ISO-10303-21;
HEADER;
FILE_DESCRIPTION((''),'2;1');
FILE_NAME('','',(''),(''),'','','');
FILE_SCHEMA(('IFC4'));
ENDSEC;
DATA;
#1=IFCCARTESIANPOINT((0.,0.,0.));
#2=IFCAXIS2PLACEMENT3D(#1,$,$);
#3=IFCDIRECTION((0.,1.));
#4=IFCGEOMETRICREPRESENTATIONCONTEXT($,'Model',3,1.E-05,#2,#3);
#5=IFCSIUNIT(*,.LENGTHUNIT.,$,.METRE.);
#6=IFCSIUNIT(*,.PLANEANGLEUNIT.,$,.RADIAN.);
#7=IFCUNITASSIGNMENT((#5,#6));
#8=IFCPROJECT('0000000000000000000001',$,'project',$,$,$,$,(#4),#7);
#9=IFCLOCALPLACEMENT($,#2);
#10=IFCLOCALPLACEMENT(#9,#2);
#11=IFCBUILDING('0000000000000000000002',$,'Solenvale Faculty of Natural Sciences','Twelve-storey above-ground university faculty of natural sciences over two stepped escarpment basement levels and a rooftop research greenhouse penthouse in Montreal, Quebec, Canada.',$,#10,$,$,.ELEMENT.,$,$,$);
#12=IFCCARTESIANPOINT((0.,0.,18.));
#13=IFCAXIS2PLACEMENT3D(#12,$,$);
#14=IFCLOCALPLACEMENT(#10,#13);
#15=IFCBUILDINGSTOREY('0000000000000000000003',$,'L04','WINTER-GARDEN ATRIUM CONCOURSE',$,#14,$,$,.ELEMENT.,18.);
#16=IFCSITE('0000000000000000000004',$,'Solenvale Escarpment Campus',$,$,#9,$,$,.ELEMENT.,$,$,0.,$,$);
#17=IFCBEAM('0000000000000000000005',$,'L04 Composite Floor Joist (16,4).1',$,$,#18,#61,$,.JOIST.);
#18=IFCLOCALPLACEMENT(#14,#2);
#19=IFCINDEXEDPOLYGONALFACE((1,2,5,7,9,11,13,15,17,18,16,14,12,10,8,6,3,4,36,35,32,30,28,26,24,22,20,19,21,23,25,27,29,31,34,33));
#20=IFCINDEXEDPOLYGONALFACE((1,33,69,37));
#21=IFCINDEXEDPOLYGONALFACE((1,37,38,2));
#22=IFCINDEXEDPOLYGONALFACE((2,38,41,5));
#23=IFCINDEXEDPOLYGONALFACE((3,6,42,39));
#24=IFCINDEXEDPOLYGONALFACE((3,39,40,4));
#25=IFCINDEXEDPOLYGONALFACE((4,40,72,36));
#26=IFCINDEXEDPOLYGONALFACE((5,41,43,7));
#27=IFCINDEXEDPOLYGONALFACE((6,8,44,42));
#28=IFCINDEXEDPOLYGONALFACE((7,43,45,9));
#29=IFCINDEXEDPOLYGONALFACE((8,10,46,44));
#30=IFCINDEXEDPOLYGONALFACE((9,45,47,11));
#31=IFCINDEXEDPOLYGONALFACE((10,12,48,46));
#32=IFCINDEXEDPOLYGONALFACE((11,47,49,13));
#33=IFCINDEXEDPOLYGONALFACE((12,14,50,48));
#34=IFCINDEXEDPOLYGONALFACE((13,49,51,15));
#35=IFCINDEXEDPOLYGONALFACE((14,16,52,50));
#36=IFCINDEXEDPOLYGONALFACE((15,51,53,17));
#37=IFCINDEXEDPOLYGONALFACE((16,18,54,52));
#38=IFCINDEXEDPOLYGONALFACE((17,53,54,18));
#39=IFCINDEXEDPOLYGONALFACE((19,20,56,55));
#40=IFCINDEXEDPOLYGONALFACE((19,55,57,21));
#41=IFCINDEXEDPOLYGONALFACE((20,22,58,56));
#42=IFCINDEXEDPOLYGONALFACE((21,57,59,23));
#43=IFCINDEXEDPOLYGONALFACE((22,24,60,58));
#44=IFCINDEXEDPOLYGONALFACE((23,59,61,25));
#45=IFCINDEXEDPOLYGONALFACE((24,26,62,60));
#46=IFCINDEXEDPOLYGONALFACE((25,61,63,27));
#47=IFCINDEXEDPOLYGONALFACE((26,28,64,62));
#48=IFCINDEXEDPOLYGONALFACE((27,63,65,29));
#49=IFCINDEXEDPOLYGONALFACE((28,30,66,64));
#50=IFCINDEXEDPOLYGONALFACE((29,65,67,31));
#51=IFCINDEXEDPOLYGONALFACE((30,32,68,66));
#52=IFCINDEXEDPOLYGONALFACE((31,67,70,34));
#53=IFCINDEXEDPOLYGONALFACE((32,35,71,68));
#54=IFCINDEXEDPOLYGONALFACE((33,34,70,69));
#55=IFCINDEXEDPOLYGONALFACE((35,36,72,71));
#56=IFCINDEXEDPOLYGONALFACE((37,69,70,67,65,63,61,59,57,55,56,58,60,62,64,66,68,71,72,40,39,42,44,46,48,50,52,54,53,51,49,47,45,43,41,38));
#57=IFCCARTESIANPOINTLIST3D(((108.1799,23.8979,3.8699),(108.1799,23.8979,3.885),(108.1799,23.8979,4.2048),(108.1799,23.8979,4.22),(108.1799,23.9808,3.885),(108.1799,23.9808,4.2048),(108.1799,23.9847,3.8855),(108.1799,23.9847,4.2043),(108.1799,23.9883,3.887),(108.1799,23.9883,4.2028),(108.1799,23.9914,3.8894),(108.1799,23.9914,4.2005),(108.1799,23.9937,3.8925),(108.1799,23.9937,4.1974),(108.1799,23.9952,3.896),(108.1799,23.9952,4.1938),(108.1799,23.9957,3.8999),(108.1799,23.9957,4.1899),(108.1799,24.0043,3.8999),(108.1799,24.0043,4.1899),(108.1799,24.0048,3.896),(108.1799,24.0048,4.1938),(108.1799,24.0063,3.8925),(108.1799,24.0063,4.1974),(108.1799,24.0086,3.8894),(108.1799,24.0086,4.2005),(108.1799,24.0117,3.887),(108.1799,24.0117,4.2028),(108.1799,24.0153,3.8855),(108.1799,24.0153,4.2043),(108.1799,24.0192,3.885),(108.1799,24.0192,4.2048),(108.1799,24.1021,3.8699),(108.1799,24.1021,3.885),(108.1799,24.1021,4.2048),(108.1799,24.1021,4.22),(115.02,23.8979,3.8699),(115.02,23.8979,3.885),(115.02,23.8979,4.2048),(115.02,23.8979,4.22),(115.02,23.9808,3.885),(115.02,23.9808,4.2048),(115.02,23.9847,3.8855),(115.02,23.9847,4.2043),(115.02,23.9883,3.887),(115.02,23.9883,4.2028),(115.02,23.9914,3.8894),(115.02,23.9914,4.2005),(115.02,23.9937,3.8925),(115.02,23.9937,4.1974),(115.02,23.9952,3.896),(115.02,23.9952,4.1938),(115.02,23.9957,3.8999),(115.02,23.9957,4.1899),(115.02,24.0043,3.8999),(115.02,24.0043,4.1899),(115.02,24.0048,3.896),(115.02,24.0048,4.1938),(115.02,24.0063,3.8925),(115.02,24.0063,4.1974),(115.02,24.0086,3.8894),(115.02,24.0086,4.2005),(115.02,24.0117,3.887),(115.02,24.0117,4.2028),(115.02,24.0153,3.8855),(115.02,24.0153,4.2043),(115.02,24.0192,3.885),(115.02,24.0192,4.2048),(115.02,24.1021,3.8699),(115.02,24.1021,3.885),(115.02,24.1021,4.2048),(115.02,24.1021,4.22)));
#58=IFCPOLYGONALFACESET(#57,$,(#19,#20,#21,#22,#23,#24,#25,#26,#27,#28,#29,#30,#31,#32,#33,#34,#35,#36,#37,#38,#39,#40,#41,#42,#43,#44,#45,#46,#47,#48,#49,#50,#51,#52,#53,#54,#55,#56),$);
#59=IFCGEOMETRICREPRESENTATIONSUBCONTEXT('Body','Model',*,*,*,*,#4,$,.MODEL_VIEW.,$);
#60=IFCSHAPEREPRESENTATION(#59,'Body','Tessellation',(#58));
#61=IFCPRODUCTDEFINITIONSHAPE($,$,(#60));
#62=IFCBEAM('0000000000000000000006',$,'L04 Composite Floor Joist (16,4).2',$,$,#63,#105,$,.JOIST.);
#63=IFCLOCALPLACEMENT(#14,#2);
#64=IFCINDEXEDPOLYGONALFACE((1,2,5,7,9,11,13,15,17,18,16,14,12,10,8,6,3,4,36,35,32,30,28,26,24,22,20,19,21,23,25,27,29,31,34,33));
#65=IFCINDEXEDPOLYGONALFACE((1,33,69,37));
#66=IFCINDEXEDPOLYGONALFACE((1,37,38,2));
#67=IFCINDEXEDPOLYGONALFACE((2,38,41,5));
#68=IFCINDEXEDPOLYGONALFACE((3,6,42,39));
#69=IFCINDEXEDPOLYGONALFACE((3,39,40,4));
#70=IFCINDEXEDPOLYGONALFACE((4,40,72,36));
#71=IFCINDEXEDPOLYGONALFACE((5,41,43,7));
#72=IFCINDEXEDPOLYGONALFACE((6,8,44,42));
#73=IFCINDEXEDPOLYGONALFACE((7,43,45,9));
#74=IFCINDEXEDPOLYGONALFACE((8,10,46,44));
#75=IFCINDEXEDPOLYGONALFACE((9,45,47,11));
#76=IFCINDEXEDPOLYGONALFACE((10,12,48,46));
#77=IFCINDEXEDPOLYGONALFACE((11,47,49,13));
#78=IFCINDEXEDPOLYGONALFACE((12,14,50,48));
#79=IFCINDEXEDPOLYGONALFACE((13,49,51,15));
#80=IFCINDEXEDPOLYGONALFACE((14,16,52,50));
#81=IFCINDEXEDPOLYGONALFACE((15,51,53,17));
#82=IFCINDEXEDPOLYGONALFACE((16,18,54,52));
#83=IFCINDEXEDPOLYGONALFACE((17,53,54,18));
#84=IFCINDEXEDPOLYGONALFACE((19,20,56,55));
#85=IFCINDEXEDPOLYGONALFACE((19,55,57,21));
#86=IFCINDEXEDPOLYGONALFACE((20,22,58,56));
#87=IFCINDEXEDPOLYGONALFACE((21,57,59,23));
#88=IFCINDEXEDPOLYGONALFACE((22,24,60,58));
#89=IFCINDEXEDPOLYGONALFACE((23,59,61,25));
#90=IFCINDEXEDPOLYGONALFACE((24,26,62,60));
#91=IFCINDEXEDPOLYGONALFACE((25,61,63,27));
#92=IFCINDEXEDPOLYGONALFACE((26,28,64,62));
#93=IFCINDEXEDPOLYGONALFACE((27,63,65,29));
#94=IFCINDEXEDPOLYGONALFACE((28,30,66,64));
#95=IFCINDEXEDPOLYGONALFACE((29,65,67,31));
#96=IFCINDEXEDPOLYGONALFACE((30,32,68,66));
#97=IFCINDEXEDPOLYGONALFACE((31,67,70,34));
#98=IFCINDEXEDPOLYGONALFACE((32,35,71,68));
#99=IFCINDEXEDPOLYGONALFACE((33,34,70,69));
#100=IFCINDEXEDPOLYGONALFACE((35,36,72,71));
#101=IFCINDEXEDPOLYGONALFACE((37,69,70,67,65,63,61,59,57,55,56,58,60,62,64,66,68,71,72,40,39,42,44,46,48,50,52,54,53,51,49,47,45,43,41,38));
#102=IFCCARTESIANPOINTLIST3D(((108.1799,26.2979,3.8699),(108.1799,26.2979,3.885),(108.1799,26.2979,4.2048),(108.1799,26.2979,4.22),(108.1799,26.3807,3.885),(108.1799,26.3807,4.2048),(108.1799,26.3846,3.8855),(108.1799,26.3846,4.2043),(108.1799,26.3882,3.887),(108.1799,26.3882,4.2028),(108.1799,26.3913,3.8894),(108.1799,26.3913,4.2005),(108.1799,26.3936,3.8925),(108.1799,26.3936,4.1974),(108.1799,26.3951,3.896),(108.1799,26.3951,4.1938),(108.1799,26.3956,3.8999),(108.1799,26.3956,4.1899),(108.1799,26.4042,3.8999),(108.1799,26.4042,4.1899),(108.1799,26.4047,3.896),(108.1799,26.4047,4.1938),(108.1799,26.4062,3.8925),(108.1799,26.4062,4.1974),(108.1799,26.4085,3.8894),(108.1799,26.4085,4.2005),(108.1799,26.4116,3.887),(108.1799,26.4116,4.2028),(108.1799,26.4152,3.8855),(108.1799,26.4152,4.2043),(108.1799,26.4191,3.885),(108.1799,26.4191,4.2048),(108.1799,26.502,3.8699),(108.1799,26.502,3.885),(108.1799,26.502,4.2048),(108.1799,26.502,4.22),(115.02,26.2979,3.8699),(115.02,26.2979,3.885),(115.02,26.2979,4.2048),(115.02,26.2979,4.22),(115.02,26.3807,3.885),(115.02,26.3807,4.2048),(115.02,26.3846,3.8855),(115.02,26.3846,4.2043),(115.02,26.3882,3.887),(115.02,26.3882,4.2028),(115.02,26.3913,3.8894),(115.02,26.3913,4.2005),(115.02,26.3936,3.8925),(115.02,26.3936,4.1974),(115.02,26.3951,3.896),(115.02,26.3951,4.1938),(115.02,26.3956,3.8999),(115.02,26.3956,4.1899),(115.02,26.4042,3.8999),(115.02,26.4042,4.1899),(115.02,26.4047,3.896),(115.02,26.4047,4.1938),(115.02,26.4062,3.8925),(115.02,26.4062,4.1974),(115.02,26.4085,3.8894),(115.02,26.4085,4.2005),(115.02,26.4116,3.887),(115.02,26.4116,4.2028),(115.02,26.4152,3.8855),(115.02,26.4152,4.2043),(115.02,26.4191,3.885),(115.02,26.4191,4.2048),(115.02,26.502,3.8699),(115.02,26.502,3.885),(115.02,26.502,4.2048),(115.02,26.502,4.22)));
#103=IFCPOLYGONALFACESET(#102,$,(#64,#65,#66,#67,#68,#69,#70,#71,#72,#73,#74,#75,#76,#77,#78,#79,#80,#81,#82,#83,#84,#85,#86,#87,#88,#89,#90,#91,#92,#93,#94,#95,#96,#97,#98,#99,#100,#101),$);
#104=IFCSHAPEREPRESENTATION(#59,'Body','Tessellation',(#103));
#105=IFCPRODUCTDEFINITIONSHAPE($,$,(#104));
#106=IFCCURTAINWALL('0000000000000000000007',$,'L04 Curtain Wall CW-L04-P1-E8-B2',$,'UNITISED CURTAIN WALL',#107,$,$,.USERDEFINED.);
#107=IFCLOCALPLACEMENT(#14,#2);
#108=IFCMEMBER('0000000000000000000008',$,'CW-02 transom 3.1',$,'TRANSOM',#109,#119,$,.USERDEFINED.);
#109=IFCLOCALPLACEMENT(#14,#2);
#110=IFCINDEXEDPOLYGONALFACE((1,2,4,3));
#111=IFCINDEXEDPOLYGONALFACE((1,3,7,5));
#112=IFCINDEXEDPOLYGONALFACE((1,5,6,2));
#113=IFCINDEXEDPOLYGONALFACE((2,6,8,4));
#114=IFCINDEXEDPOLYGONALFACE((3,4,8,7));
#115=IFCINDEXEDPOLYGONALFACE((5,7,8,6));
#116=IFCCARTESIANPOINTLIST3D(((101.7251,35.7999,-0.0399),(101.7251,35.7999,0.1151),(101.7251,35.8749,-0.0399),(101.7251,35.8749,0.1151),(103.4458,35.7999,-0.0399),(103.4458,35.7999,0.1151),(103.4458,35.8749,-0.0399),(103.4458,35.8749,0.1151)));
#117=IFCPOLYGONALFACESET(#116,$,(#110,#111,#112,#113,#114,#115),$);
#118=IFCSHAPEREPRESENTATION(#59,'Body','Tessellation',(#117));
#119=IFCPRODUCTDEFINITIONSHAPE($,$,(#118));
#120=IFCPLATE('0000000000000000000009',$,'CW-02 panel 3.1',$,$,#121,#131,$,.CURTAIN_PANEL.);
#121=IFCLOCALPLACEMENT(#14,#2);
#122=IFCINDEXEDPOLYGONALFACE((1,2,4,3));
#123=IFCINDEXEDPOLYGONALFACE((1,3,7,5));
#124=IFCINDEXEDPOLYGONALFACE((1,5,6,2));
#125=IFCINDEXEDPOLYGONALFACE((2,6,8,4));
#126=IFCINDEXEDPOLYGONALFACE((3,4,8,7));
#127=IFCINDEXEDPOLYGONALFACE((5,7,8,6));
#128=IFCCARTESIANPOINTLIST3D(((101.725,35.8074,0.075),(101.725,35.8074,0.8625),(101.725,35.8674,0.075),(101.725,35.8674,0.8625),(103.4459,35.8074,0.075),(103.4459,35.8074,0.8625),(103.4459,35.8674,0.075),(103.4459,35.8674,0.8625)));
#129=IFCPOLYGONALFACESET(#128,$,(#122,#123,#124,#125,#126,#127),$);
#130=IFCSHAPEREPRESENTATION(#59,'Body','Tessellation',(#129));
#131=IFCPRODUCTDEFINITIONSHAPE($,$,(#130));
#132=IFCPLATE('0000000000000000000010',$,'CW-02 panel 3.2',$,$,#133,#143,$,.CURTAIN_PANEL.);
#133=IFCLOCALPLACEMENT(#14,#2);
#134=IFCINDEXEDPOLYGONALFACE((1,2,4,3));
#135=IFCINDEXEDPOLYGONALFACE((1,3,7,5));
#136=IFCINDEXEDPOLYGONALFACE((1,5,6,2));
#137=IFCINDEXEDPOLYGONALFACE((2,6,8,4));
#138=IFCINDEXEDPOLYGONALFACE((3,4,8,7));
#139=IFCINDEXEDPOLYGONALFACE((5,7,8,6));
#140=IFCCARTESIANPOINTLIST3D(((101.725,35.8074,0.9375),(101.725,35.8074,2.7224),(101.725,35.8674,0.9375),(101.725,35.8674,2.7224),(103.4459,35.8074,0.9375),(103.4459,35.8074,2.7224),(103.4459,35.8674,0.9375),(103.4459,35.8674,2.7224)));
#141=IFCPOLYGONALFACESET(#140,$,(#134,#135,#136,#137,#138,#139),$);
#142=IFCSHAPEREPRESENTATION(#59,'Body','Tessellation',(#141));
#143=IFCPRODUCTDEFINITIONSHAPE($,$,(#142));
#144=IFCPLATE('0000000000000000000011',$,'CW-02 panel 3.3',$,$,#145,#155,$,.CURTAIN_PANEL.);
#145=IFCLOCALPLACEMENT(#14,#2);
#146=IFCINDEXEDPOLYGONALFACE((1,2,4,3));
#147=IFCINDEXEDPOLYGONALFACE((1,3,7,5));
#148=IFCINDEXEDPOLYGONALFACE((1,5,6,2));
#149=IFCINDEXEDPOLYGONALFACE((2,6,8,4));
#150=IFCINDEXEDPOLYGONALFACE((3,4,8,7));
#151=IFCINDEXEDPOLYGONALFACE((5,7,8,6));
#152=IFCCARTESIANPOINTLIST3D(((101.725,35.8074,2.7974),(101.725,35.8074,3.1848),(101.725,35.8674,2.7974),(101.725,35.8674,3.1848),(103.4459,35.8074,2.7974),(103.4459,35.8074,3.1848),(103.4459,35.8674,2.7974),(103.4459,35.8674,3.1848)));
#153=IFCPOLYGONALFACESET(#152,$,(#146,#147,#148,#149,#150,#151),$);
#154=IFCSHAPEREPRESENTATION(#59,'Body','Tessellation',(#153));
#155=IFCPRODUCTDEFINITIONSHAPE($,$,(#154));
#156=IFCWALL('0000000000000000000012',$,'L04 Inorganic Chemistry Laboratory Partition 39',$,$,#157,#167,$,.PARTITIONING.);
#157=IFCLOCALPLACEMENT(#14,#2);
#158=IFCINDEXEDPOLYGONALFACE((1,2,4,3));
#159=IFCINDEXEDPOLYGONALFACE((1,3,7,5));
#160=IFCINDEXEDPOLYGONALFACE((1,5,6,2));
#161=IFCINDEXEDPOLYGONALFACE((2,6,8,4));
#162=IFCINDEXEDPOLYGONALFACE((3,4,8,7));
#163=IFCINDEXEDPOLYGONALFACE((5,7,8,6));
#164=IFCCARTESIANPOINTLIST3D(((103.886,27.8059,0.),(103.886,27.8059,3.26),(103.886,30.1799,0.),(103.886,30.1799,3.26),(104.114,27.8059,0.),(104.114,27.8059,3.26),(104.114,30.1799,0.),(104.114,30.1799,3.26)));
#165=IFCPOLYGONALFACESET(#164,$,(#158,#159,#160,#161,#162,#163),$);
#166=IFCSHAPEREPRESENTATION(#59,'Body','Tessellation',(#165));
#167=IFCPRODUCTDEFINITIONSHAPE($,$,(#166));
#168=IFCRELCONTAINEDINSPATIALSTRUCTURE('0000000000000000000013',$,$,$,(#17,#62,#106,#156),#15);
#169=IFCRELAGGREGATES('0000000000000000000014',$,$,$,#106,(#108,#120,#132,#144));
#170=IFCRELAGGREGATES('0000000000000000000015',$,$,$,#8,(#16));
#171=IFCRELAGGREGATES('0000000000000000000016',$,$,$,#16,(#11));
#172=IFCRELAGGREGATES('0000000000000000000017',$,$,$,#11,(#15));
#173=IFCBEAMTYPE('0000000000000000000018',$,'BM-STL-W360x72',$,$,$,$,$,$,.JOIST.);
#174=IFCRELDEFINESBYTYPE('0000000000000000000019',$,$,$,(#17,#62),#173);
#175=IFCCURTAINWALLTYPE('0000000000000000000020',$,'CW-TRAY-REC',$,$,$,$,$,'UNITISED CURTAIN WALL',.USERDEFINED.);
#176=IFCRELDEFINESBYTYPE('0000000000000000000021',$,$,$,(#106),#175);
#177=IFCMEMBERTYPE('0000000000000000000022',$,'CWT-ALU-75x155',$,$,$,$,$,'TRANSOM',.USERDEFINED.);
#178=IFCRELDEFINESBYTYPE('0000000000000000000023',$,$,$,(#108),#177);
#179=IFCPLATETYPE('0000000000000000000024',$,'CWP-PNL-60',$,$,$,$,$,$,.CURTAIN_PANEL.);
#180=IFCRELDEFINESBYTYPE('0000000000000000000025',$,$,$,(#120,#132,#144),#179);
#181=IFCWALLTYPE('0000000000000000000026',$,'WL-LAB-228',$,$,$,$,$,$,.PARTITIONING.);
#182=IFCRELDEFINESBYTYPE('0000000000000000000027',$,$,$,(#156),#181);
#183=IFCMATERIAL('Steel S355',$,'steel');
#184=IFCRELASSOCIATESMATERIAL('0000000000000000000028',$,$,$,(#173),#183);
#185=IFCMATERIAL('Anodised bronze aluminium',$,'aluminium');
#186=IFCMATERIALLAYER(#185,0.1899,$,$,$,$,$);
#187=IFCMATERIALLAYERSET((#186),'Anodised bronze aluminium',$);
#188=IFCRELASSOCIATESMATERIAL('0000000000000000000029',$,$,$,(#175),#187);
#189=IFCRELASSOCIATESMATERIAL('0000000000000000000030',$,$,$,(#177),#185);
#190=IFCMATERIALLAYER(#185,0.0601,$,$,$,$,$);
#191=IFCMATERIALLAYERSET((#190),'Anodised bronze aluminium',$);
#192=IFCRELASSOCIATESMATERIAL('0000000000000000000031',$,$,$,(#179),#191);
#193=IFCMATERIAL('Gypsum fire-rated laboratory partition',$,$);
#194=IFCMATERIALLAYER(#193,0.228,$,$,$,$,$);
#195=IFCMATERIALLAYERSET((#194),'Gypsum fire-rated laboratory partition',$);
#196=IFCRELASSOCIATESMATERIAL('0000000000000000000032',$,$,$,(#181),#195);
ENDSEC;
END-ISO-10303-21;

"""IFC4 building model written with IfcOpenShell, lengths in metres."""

from ifc_helpers import new_model, si_unit, direction, frame, frame_2d, origin, origin_2d, place, context, subcontext, project, spatial, rectangle, i_section, extrude, material, layer, layer_set, material_profile, profile_set, type_object, element, aggregate, save


model = new_model("IFC4")

# Units and contexts
model_context = context("Model", 3, precision=1e-05, world=origin(), true_north=direction((0.0, 1.0)))
body_context = subcontext(model_context, "Body", "Model", "MODEL_VIEW")
ifc_project = project(units=[si_unit("LENGTHUNIT", "METRE"), si_unit("PLANEANGLEUNIT", "RADIAN")], contexts=[model_context])

# Site, building, storey
site_placement = place(None, origin())
site = spatial("IfcSite", under=ifc_project, at=site_placement, Name="Solenvale Escarpment Campus", CompositionType="ELEMENT", RefElevation=0.0)
building_placement = place(site_placement, origin())
building = spatial("IfcBuilding", under=site, at=building_placement, Name="Solenvale Faculty of Natural Sciences", Description="Twelve-storey above-ground university faculty of natural sciences over two stepped escarpment basement levels and a rooftop research greenhouse penthouse in Montreal, Quebec, Canada.", CompositionType="ELEMENT")
storey_placement = place(building_placement, frame((0.0, 0.0, 18.0)))
storey = spatial("IfcBuildingStorey", under=building, at=storey_placement, Name="L04", Description="WINTER-GARDEN ATRIUM CONCOURSE", CompositionType="ELEMENT", Elevation=18.0)

# Beams
ifc_material_1 = material(Name="Steel S355", Category="steel")
ifc_material_profile_1 = material_profile(ifc_material_1, i_section(OverallWidth=0.2041, OverallDepth=0.3501, WebThickness=0.0085, FlangeThickness=0.0151, FilletRadius=0.0149, at=origin_2d()), Name="W360x72")
ifc_profile_set_1 = profile_set([ifc_material_profile_1], Name="Steel S355")
beam_type_1 = type_object("IfcBeamType", Name="BM-STL-W360x72", PredefinedType="JOIST", material=ifc_profile_set_1)
for number, where, z_axis, x_axis, name in (
    (1, (108.1799, 24.0, 4.0449), (1.0, 0.0, 0.0), (0.0, 1.0, 0.0), "L04 Composite Floor Joist (16,4).1"),
    (2, (108.1799, 26.3999, 4.0449), (1.0, 0.0, 0.0), (0.0, 1.0, 0.0), "L04 Composite Floor Joist (16,4).2"),
):
    element("IfcBeam", number, at=place(storey_placement, frame(where, z_axis=z_axis, x_axis=x_axis)), inside=storey, type_object=beam_type_1, Name=name, PredefinedType="JOIST", context=body_context, shape_type="SweptSolid", body=[
        extrude(i_section(OverallWidth=0.2041, OverallDepth=0.3501, WebThickness=0.0085, FlangeThickness=0.0151, FilletRadius=0.0149, at=origin_2d()), origin(), (0.0, 0.0, 1.0), 6.8401),
    ])

# Curtain wall, member, plates
ifc_material_2 = material(Name="Anodised bronze aluminium", Category="aluminium")
ifc_layer_1 = layer(ifc_material_2, 0.1899)
ifc_layer_set_1 = layer_set([ifc_layer_1], Name="Anodised bronze aluminium")
curtain_wall_type = type_object("IfcCurtainWallType", Name="CW-TRAY-REC", ElementType="UNITISED CURTAIN WALL", PredefinedType="USERDEFINED", material=ifc_layer_set_1)
curtain_wall_placement = place(storey_placement, origin())
curtain_wall = element("IfcCurtainWall", 3, at=curtain_wall_placement, inside=storey, type_object=curtain_wall_type, Name="L04 Curtain Wall CW-L04-P1-E8-B2", ObjectType="UNITISED CURTAIN WALL", PredefinedType="USERDEFINED")
ifc_material_profile_2 = material_profile(ifc_material_2, rectangle(XDim=0.075, YDim=0.155, at=origin_2d()), Name="ALU-TRN-75x155")
ifc_profile_set_2 = profile_set([ifc_material_profile_2], Name="Anodised bronze aluminium")
member_type = type_object("IfcMemberType", Name="CWT-ALU-75x155", ElementType="TRANSOM", PredefinedType="USERDEFINED", material=ifc_profile_set_2)
member_placement = place(storey_placement, frame((103.4458, 35.8374, 0.0376), z_axis=(-1.0, 0.0, 0.0), x_axis=(0.0, -1.0, 0.0)))
member = element("IfcMember", 4, at=member_placement, type_object=member_type, Name="CW-02 transom 3.1", ObjectType="TRANSOM", PredefinedType="USERDEFINED", context=body_context, shape_type="SweptSolid", body=[
    extrude(rectangle(XDim=0.075, YDim=0.155, at=origin_2d()), origin(), (0.0, 0.0, 1.0), 1.7207),
])
ifc_layer_2 = layer(ifc_material_2, 0.0601)
ifc_layer_set_2 = layer_set([ifc_layer_2], Name="Anodised bronze aluminium")
plate_type = type_object("IfcPlateType", Name="CWP-PNL-60", PredefinedType="CURTAIN_PANEL", material=ifc_layer_set_2)
plate_1_placement = place(storey_placement, frame((102.5854, 35.8374, 0.075), z_axis=(0.0, 0.0, 1.0), x_axis=(-1.0, 0.0, 0.0)))
plate_1 = element("IfcPlate", 5, at=plate_1_placement, type_object=plate_type, Name="CW-02 panel 3.1", PredefinedType="CURTAIN_PANEL", context=body_context, shape_type="SweptSolid", body=[
    extrude(rectangle(XDim=1.7209, YDim=0.0601, at=origin_2d()), origin(), (0.0, 0.0, 1.0), 0.7876),
])
plate_2_placement = place(storey_placement, frame((102.5854, 35.8374, 0.9375), z_axis=(0.0, 0.0, 1.0), x_axis=(-1.0, 0.0, 0.0)))
plate_2 = element("IfcPlate", 6, at=plate_2_placement, type_object=plate_type, Name="CW-02 panel 3.2", PredefinedType="CURTAIN_PANEL", context=body_context, shape_type="SweptSolid", body=[
    extrude(rectangle(XDim=1.7209, YDim=0.0601, at=origin_2d()), origin(), (0.0, 0.0, 1.0), 1.7849),
])
plate_3_placement = place(storey_placement, frame((102.5854, 35.8374, 2.7974), z_axis=(0.0, 0.0, 1.0), x_axis=(-1.0, 0.0, 0.0)))
plate_3 = element("IfcPlate", 7, at=plate_3_placement, type_object=plate_type, Name="CW-02 panel 3.3", PredefinedType="CURTAIN_PANEL", context=body_context, shape_type="SweptSolid", body=[
    extrude(rectangle(XDim=1.7209, YDim=0.0601, at=origin_2d()), origin(), (0.0, 0.0, 1.0), 0.3875),
])
aggregate(curtain_wall, [member, plate_1, plate_2, plate_3])

# Wall
ifc_material_3 = material(Name="Gypsum fire-rated laboratory partition")
ifc_layer_3 = layer(ifc_material_3, 0.228)
ifc_layer_set_3 = layer_set([ifc_layer_3], Name="Gypsum fire-rated laboratory partition")
wall_type_1 = type_object("IfcWallType", Name="WL-LAB-228", PredefinedType="PARTITIONING", material=ifc_layer_set_3)
wall_1_placement = place(storey_placement, frame((104.0, 27.8059, 0.0), z_axis=(0.0, 0.0, 1.0), x_axis=(0.0, 1.0, 0.0)))
element("IfcWall", 8, at=wall_1_placement, inside=storey, type_object=wall_type_1, Name="L04 Inorganic Chemistry Laboratory Partition 39", PredefinedType="PARTITIONING", context=body_context, shape_type="SweptSolid", body=[
    extrude(rectangle(XDim=2.374, YDim=0.228, at=frame_2d((1.187, 0.0))), origin(), (0.0, 0.0, 1.0), 3.26),
])

save(model, "model.ifc")
